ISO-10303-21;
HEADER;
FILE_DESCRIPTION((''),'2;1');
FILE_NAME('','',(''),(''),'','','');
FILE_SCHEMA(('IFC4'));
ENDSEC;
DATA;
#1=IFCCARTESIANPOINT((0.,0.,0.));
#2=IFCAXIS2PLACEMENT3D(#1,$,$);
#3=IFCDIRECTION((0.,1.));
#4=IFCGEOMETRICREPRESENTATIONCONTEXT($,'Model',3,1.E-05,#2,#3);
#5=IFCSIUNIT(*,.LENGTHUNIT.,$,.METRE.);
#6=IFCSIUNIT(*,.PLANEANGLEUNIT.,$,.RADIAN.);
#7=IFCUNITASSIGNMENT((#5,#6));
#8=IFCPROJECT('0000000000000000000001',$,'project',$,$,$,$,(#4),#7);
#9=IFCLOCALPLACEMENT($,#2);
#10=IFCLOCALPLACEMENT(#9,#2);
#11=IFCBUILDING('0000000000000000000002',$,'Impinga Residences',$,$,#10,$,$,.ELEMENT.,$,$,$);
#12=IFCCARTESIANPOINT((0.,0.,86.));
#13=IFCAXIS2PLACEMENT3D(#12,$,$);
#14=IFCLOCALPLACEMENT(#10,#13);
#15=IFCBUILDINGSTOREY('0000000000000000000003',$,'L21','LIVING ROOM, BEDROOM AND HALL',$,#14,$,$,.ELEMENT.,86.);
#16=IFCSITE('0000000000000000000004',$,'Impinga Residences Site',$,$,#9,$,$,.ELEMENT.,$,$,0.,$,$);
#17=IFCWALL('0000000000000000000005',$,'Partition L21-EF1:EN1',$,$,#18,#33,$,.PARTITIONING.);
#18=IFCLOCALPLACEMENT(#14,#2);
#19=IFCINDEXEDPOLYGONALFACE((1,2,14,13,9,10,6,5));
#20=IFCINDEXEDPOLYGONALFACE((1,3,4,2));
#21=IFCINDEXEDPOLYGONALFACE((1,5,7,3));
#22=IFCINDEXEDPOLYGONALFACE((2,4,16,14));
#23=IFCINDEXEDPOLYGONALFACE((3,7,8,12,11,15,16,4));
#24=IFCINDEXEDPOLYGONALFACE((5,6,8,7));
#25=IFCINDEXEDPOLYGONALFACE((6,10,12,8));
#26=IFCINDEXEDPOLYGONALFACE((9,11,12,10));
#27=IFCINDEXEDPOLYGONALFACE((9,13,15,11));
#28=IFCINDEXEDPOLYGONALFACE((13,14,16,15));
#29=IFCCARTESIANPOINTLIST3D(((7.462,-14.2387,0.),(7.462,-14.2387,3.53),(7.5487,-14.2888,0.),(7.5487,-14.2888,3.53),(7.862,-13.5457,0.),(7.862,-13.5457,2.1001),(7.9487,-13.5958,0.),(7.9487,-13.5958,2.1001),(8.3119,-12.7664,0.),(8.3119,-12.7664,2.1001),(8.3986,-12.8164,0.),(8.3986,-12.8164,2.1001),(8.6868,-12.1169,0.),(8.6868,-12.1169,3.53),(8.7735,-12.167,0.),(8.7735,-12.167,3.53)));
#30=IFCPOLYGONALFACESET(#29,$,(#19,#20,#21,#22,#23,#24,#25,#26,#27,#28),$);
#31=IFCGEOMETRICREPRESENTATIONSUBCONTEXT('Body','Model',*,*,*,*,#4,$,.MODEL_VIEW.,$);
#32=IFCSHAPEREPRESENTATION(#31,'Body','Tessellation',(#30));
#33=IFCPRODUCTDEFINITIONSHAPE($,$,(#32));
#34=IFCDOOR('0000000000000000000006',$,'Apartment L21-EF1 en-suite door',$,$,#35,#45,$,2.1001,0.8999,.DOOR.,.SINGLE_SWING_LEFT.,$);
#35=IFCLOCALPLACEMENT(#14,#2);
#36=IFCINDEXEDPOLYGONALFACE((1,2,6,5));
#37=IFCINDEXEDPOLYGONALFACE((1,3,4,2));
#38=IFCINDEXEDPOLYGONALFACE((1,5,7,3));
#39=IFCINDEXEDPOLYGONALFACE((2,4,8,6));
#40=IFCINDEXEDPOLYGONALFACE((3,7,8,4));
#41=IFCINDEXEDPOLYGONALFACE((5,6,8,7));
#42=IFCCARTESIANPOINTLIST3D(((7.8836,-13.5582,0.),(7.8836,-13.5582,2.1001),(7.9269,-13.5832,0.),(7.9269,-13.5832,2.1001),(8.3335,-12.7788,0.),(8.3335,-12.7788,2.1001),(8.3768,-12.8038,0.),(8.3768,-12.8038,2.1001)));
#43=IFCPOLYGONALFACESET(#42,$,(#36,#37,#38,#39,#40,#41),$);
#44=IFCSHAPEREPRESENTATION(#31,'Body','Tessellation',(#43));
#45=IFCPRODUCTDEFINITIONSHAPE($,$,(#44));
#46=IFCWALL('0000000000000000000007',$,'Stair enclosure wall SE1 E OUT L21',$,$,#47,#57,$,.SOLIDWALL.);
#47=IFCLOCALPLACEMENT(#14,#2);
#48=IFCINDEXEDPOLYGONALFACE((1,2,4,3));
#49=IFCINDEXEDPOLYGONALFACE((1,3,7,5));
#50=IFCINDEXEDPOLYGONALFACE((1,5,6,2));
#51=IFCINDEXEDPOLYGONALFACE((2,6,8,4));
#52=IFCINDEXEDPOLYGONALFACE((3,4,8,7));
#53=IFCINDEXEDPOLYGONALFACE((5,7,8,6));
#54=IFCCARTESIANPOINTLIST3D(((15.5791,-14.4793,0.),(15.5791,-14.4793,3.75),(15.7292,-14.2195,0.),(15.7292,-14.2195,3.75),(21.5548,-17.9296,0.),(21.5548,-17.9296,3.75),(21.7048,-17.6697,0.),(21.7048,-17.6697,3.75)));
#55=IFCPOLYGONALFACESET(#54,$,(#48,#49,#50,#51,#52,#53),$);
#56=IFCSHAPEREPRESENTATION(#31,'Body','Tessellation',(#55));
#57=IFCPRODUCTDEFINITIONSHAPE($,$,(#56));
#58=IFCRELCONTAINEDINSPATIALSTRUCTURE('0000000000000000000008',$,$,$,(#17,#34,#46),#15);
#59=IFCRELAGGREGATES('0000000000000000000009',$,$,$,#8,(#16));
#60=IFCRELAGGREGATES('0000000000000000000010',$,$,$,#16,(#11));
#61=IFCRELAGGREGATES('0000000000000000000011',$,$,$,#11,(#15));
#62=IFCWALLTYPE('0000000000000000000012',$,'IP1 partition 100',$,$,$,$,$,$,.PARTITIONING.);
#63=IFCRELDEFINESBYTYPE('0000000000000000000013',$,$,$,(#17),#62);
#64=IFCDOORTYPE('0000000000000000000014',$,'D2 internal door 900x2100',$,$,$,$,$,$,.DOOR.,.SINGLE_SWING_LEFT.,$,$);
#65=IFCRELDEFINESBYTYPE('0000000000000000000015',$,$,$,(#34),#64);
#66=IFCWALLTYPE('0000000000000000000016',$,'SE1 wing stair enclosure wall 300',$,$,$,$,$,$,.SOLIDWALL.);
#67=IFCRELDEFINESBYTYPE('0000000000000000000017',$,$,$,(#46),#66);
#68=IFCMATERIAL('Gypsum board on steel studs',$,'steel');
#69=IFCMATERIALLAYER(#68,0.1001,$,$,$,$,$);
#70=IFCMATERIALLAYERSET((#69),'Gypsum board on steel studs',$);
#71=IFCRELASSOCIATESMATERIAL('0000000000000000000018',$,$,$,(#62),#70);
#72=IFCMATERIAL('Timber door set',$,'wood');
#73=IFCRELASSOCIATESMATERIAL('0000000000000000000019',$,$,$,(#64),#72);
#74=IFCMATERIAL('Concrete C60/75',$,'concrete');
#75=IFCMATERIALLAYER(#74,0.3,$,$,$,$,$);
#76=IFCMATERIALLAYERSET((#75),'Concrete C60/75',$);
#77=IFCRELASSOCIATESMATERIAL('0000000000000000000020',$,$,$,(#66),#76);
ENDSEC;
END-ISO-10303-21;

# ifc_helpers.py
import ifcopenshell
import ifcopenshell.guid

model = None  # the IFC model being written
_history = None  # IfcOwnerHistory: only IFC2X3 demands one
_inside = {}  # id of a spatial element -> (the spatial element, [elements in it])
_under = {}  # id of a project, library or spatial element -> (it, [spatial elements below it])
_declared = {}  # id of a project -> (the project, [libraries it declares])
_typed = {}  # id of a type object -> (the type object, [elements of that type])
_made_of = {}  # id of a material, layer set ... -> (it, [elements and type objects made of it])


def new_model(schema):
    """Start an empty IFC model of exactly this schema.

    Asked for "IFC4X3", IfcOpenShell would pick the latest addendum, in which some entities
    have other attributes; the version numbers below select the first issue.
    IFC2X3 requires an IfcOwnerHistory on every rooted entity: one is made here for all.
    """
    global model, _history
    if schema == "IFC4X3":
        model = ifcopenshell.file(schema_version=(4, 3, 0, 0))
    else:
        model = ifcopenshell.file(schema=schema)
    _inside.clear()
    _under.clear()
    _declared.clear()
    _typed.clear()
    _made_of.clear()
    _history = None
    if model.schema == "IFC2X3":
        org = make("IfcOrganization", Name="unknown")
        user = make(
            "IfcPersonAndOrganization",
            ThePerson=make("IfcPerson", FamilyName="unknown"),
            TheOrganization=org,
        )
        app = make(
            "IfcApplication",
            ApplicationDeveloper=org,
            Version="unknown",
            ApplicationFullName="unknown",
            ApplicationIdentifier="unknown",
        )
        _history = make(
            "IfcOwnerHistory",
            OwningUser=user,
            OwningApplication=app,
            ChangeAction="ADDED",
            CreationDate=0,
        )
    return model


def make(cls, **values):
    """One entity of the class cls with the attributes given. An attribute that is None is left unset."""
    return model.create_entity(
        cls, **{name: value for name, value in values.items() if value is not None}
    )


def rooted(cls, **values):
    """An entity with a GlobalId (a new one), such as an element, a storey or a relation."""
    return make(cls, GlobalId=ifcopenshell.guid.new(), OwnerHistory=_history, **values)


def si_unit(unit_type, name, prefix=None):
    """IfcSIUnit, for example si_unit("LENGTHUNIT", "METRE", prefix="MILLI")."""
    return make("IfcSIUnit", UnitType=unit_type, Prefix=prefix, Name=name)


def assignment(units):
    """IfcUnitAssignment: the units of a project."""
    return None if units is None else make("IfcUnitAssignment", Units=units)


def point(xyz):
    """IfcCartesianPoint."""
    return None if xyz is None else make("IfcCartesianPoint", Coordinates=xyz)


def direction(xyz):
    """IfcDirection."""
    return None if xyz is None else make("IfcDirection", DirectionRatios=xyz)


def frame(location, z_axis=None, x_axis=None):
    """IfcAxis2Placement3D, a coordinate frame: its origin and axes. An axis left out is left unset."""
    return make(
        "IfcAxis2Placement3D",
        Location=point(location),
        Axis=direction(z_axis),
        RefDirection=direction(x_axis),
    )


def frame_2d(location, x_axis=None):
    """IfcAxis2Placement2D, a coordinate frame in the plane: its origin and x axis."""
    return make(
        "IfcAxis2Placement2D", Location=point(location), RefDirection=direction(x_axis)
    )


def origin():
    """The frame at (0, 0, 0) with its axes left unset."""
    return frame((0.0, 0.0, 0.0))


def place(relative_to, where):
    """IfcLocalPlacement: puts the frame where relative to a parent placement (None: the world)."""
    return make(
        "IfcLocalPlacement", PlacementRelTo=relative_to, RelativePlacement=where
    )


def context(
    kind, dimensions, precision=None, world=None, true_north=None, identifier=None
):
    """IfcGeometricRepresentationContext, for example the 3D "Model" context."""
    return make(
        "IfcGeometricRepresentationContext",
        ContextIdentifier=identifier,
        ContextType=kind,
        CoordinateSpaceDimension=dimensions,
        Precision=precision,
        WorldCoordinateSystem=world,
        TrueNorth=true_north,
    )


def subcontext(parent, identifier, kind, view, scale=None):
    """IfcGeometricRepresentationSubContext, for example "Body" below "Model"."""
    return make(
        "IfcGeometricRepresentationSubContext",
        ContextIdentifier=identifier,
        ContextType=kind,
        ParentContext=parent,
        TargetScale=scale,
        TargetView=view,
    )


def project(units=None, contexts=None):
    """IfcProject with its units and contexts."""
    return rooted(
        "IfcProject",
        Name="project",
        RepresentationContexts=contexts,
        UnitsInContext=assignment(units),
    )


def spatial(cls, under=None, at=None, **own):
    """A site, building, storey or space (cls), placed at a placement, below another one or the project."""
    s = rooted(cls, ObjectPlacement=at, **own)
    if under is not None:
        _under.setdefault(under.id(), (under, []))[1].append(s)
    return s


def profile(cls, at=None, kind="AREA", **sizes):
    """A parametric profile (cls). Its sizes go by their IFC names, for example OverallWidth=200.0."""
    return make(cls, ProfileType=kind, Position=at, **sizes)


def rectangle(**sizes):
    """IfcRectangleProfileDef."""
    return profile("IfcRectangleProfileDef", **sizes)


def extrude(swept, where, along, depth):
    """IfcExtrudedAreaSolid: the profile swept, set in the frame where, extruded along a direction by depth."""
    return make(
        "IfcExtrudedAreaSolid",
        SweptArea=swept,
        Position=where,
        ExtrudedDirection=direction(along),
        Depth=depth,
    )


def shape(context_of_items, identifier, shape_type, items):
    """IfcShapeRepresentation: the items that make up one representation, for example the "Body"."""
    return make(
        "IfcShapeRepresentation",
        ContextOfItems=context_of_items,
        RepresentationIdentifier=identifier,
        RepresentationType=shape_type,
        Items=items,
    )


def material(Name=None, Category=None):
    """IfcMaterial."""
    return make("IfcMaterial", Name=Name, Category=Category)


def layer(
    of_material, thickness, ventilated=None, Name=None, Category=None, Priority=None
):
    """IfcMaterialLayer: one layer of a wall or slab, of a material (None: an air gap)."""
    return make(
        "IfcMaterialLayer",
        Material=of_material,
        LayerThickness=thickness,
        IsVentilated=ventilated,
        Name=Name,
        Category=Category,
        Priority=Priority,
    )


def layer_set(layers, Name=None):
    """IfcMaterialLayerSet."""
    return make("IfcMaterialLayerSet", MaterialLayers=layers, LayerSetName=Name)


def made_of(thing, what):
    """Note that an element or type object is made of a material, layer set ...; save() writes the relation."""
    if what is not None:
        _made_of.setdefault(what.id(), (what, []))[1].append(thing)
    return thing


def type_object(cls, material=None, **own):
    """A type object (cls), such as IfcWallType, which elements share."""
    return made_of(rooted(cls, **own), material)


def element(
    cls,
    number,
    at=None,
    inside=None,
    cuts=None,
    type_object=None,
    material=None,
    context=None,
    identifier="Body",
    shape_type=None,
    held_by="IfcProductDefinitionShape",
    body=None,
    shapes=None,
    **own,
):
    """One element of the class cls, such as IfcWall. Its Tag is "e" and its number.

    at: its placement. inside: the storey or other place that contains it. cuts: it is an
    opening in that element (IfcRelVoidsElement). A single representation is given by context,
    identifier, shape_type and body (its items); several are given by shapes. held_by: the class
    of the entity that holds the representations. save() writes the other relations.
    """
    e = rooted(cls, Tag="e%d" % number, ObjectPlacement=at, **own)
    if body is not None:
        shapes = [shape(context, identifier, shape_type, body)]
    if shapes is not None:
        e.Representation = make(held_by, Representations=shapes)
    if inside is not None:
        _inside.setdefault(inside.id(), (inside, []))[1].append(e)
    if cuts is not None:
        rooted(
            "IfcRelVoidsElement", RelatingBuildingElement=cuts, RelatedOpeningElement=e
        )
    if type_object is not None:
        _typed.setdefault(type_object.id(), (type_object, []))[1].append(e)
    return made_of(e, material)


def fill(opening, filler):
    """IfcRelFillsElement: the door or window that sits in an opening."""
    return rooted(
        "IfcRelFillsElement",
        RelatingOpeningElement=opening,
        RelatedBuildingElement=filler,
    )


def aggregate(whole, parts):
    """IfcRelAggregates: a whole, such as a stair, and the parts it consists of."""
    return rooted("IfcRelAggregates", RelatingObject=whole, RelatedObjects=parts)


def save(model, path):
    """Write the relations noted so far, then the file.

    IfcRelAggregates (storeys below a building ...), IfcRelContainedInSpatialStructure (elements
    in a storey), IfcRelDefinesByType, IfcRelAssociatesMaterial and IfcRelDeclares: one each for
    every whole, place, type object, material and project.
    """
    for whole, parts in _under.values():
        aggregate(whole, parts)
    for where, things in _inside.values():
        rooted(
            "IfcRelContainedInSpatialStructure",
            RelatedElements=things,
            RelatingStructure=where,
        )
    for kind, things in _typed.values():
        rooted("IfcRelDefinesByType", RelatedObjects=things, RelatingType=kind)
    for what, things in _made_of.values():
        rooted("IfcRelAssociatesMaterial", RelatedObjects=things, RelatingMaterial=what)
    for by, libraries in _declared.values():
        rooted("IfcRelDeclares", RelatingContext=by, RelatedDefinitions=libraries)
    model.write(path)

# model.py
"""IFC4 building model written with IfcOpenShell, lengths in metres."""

from ifc_helpers import new_model, si_unit, direction, frame, frame_2d, origin, place, context, subcontext, project, spatial, rectangle, extrude, material, layer, layer_set, type_object, element, fill, save


model = new_model("IFC4")

# Units and contexts
model_context = context("Model", 3, precision=1e-05, world=origin(), true_north=direction((0.0, 1.0)))
body_context = subcontext(model_context, "Body", "Model", "MODEL_VIEW")
ifc_project = project(units=[si_unit("LENGTHUNIT", "METRE"), si_unit("PLANEANGLEUNIT", "RADIAN")], contexts=[model_context])

# Site, building, storey
site_placement = place(None, origin())
site = spatial("IfcSite", under=ifc_project, at=site_placement, Name="Impinga Residences Site", CompositionType="ELEMENT", RefElevation=0.0)
building_placement = place(site_placement, origin())
building = spatial("IfcBuilding", under=site, at=building_placement, Name="Impinga Residences", CompositionType="ELEMENT")
storey_placement = place(building_placement, frame((0.0, 0.0, 86.0)))
storey = spatial("IfcBuildingStorey", under=building, at=storey_placement, Name="L21", Description="LIVING ROOM, BEDROOM AND HALL", CompositionType="ELEMENT", Elevation=86.0)

# Shared definitions
ifc_material_1 = material(Name="Concrete C60/75", Category="concrete")

# Shared definitions
ifc_material_2 = material(Name="Timber door set", Category="wood")

# Shared definitions
ifc_material_3 = material(Name="Gypsum board on steel studs", Category="steel")
ifc_layer_1 = layer(ifc_material_3, 0.1001)
ifc_layer_set_1 = layer_set([ifc_layer_1], Name="Gypsum board on steel studs")
wall_type_1 = type_object("IfcWallType", Name="IP1 partition 100", PredefinedType="PARTITIONING", material=ifc_layer_set_1)
door_type_1 = type_object("IfcDoorType", Name="D2 internal door 900x2100", OperationType="SINGLE_SWING_LEFT", PredefinedType="DOOR", material=ifc_material_2)

# Wall, opening, door
wall_1_placement = place(storey_placement, frame((8.7302, -12.1418, 0.0), z_axis=(0.0, 0.0, 1.0), x_axis=(-0.499944, -0.866058, 0.0)))
wall_1 = element("IfcWall", 1, at=wall_1_placement, inside=storey, type_object=wall_type_1, Name="Partition L21-EF1:EN1", PredefinedType="PARTITIONING", context=body_context, shape_type="SweptSolid", body=[
    extrude(rectangle(XDim=2.45, YDim=0.1001, at=frame_2d((1.2251, 0.0))), origin(), (0.0, 0.0, 1.0), 3.53),
])
opening_1_placement = place(wall_1_placement, frame((0.75, 0.0, 0.0)))
opening_1 = element("IfcOpeningElement", 2, at=opening_1_placement, cuts=wall_1, PredefinedType="OPENING", context=body_context, shape_type="SweptSolid", body=[
    extrude(rectangle(XDim=0.8999, YDim=2.1001, at=frame_2d((0.45, 1.05))), frame((0.0, 0.0601, 0.0), z_axis=(0.0, -1.0, 0.0), x_axis=(1.0, 0.0, 0.0)), (0.0, 0.0, 1.0), 0.1201),
])
door_1_placement = place(opening_1_placement, origin())
door_1 = element("IfcDoor", 3, at=door_1_placement, inside=storey, type_object=door_type_1, Name="Apartment L21-EF1 en-suite door", OperationType="SINGLE_SWING_LEFT", OverallHeight=2.1001, OverallWidth=0.8999, PredefinedType="DOOR", context=body_context, shape_type="SweptSolid", body=[
    extrude(rectangle(XDim=0.8999, YDim=2.1001, at=frame_2d((0.45, 1.05))), frame((0.0, 0.0249, 0.0), z_axis=(0.0, -1.0, 0.0), x_axis=(1.0, 0.0, 0.0)), (0.0, 0.0, 1.0), 0.05),
])
fill(opening_1, door_1)

# Wall
ifc_layer_2 = layer(ifc_material_1, 0.3)
ifc_layer_set_2 = layer_set([ifc_layer_2], Name="Concrete C60/75")
wall_type_2 = type_object("IfcWallType", Name="SE1 wing stair enclosure wall 300", PredefinedType="SOLIDWALL", material=ifc_layer_set_2)
wall_2_placement = place(storey_placement, frame((15.6541, -14.3494, 0.0), z_axis=(0.0, 0.0, 1.0), x_axis=(0.866014, -0.500021, 0.0)))
element("IfcWall", 4, at=wall_2_placement, inside=storey, type_object=wall_type_2, Name="Stair enclosure wall SE1 E OUT L21", PredefinedType="SOLIDWALL", context=body_context, shape_type="SweptSolid", body=[
    extrude(rectangle(XDim=6.9001, YDim=0.3, at=frame_2d((3.4502, 0.0))), origin(), (0.0, 0.0, 1.0), 3.75),
])

save(model, "model.ifc")
